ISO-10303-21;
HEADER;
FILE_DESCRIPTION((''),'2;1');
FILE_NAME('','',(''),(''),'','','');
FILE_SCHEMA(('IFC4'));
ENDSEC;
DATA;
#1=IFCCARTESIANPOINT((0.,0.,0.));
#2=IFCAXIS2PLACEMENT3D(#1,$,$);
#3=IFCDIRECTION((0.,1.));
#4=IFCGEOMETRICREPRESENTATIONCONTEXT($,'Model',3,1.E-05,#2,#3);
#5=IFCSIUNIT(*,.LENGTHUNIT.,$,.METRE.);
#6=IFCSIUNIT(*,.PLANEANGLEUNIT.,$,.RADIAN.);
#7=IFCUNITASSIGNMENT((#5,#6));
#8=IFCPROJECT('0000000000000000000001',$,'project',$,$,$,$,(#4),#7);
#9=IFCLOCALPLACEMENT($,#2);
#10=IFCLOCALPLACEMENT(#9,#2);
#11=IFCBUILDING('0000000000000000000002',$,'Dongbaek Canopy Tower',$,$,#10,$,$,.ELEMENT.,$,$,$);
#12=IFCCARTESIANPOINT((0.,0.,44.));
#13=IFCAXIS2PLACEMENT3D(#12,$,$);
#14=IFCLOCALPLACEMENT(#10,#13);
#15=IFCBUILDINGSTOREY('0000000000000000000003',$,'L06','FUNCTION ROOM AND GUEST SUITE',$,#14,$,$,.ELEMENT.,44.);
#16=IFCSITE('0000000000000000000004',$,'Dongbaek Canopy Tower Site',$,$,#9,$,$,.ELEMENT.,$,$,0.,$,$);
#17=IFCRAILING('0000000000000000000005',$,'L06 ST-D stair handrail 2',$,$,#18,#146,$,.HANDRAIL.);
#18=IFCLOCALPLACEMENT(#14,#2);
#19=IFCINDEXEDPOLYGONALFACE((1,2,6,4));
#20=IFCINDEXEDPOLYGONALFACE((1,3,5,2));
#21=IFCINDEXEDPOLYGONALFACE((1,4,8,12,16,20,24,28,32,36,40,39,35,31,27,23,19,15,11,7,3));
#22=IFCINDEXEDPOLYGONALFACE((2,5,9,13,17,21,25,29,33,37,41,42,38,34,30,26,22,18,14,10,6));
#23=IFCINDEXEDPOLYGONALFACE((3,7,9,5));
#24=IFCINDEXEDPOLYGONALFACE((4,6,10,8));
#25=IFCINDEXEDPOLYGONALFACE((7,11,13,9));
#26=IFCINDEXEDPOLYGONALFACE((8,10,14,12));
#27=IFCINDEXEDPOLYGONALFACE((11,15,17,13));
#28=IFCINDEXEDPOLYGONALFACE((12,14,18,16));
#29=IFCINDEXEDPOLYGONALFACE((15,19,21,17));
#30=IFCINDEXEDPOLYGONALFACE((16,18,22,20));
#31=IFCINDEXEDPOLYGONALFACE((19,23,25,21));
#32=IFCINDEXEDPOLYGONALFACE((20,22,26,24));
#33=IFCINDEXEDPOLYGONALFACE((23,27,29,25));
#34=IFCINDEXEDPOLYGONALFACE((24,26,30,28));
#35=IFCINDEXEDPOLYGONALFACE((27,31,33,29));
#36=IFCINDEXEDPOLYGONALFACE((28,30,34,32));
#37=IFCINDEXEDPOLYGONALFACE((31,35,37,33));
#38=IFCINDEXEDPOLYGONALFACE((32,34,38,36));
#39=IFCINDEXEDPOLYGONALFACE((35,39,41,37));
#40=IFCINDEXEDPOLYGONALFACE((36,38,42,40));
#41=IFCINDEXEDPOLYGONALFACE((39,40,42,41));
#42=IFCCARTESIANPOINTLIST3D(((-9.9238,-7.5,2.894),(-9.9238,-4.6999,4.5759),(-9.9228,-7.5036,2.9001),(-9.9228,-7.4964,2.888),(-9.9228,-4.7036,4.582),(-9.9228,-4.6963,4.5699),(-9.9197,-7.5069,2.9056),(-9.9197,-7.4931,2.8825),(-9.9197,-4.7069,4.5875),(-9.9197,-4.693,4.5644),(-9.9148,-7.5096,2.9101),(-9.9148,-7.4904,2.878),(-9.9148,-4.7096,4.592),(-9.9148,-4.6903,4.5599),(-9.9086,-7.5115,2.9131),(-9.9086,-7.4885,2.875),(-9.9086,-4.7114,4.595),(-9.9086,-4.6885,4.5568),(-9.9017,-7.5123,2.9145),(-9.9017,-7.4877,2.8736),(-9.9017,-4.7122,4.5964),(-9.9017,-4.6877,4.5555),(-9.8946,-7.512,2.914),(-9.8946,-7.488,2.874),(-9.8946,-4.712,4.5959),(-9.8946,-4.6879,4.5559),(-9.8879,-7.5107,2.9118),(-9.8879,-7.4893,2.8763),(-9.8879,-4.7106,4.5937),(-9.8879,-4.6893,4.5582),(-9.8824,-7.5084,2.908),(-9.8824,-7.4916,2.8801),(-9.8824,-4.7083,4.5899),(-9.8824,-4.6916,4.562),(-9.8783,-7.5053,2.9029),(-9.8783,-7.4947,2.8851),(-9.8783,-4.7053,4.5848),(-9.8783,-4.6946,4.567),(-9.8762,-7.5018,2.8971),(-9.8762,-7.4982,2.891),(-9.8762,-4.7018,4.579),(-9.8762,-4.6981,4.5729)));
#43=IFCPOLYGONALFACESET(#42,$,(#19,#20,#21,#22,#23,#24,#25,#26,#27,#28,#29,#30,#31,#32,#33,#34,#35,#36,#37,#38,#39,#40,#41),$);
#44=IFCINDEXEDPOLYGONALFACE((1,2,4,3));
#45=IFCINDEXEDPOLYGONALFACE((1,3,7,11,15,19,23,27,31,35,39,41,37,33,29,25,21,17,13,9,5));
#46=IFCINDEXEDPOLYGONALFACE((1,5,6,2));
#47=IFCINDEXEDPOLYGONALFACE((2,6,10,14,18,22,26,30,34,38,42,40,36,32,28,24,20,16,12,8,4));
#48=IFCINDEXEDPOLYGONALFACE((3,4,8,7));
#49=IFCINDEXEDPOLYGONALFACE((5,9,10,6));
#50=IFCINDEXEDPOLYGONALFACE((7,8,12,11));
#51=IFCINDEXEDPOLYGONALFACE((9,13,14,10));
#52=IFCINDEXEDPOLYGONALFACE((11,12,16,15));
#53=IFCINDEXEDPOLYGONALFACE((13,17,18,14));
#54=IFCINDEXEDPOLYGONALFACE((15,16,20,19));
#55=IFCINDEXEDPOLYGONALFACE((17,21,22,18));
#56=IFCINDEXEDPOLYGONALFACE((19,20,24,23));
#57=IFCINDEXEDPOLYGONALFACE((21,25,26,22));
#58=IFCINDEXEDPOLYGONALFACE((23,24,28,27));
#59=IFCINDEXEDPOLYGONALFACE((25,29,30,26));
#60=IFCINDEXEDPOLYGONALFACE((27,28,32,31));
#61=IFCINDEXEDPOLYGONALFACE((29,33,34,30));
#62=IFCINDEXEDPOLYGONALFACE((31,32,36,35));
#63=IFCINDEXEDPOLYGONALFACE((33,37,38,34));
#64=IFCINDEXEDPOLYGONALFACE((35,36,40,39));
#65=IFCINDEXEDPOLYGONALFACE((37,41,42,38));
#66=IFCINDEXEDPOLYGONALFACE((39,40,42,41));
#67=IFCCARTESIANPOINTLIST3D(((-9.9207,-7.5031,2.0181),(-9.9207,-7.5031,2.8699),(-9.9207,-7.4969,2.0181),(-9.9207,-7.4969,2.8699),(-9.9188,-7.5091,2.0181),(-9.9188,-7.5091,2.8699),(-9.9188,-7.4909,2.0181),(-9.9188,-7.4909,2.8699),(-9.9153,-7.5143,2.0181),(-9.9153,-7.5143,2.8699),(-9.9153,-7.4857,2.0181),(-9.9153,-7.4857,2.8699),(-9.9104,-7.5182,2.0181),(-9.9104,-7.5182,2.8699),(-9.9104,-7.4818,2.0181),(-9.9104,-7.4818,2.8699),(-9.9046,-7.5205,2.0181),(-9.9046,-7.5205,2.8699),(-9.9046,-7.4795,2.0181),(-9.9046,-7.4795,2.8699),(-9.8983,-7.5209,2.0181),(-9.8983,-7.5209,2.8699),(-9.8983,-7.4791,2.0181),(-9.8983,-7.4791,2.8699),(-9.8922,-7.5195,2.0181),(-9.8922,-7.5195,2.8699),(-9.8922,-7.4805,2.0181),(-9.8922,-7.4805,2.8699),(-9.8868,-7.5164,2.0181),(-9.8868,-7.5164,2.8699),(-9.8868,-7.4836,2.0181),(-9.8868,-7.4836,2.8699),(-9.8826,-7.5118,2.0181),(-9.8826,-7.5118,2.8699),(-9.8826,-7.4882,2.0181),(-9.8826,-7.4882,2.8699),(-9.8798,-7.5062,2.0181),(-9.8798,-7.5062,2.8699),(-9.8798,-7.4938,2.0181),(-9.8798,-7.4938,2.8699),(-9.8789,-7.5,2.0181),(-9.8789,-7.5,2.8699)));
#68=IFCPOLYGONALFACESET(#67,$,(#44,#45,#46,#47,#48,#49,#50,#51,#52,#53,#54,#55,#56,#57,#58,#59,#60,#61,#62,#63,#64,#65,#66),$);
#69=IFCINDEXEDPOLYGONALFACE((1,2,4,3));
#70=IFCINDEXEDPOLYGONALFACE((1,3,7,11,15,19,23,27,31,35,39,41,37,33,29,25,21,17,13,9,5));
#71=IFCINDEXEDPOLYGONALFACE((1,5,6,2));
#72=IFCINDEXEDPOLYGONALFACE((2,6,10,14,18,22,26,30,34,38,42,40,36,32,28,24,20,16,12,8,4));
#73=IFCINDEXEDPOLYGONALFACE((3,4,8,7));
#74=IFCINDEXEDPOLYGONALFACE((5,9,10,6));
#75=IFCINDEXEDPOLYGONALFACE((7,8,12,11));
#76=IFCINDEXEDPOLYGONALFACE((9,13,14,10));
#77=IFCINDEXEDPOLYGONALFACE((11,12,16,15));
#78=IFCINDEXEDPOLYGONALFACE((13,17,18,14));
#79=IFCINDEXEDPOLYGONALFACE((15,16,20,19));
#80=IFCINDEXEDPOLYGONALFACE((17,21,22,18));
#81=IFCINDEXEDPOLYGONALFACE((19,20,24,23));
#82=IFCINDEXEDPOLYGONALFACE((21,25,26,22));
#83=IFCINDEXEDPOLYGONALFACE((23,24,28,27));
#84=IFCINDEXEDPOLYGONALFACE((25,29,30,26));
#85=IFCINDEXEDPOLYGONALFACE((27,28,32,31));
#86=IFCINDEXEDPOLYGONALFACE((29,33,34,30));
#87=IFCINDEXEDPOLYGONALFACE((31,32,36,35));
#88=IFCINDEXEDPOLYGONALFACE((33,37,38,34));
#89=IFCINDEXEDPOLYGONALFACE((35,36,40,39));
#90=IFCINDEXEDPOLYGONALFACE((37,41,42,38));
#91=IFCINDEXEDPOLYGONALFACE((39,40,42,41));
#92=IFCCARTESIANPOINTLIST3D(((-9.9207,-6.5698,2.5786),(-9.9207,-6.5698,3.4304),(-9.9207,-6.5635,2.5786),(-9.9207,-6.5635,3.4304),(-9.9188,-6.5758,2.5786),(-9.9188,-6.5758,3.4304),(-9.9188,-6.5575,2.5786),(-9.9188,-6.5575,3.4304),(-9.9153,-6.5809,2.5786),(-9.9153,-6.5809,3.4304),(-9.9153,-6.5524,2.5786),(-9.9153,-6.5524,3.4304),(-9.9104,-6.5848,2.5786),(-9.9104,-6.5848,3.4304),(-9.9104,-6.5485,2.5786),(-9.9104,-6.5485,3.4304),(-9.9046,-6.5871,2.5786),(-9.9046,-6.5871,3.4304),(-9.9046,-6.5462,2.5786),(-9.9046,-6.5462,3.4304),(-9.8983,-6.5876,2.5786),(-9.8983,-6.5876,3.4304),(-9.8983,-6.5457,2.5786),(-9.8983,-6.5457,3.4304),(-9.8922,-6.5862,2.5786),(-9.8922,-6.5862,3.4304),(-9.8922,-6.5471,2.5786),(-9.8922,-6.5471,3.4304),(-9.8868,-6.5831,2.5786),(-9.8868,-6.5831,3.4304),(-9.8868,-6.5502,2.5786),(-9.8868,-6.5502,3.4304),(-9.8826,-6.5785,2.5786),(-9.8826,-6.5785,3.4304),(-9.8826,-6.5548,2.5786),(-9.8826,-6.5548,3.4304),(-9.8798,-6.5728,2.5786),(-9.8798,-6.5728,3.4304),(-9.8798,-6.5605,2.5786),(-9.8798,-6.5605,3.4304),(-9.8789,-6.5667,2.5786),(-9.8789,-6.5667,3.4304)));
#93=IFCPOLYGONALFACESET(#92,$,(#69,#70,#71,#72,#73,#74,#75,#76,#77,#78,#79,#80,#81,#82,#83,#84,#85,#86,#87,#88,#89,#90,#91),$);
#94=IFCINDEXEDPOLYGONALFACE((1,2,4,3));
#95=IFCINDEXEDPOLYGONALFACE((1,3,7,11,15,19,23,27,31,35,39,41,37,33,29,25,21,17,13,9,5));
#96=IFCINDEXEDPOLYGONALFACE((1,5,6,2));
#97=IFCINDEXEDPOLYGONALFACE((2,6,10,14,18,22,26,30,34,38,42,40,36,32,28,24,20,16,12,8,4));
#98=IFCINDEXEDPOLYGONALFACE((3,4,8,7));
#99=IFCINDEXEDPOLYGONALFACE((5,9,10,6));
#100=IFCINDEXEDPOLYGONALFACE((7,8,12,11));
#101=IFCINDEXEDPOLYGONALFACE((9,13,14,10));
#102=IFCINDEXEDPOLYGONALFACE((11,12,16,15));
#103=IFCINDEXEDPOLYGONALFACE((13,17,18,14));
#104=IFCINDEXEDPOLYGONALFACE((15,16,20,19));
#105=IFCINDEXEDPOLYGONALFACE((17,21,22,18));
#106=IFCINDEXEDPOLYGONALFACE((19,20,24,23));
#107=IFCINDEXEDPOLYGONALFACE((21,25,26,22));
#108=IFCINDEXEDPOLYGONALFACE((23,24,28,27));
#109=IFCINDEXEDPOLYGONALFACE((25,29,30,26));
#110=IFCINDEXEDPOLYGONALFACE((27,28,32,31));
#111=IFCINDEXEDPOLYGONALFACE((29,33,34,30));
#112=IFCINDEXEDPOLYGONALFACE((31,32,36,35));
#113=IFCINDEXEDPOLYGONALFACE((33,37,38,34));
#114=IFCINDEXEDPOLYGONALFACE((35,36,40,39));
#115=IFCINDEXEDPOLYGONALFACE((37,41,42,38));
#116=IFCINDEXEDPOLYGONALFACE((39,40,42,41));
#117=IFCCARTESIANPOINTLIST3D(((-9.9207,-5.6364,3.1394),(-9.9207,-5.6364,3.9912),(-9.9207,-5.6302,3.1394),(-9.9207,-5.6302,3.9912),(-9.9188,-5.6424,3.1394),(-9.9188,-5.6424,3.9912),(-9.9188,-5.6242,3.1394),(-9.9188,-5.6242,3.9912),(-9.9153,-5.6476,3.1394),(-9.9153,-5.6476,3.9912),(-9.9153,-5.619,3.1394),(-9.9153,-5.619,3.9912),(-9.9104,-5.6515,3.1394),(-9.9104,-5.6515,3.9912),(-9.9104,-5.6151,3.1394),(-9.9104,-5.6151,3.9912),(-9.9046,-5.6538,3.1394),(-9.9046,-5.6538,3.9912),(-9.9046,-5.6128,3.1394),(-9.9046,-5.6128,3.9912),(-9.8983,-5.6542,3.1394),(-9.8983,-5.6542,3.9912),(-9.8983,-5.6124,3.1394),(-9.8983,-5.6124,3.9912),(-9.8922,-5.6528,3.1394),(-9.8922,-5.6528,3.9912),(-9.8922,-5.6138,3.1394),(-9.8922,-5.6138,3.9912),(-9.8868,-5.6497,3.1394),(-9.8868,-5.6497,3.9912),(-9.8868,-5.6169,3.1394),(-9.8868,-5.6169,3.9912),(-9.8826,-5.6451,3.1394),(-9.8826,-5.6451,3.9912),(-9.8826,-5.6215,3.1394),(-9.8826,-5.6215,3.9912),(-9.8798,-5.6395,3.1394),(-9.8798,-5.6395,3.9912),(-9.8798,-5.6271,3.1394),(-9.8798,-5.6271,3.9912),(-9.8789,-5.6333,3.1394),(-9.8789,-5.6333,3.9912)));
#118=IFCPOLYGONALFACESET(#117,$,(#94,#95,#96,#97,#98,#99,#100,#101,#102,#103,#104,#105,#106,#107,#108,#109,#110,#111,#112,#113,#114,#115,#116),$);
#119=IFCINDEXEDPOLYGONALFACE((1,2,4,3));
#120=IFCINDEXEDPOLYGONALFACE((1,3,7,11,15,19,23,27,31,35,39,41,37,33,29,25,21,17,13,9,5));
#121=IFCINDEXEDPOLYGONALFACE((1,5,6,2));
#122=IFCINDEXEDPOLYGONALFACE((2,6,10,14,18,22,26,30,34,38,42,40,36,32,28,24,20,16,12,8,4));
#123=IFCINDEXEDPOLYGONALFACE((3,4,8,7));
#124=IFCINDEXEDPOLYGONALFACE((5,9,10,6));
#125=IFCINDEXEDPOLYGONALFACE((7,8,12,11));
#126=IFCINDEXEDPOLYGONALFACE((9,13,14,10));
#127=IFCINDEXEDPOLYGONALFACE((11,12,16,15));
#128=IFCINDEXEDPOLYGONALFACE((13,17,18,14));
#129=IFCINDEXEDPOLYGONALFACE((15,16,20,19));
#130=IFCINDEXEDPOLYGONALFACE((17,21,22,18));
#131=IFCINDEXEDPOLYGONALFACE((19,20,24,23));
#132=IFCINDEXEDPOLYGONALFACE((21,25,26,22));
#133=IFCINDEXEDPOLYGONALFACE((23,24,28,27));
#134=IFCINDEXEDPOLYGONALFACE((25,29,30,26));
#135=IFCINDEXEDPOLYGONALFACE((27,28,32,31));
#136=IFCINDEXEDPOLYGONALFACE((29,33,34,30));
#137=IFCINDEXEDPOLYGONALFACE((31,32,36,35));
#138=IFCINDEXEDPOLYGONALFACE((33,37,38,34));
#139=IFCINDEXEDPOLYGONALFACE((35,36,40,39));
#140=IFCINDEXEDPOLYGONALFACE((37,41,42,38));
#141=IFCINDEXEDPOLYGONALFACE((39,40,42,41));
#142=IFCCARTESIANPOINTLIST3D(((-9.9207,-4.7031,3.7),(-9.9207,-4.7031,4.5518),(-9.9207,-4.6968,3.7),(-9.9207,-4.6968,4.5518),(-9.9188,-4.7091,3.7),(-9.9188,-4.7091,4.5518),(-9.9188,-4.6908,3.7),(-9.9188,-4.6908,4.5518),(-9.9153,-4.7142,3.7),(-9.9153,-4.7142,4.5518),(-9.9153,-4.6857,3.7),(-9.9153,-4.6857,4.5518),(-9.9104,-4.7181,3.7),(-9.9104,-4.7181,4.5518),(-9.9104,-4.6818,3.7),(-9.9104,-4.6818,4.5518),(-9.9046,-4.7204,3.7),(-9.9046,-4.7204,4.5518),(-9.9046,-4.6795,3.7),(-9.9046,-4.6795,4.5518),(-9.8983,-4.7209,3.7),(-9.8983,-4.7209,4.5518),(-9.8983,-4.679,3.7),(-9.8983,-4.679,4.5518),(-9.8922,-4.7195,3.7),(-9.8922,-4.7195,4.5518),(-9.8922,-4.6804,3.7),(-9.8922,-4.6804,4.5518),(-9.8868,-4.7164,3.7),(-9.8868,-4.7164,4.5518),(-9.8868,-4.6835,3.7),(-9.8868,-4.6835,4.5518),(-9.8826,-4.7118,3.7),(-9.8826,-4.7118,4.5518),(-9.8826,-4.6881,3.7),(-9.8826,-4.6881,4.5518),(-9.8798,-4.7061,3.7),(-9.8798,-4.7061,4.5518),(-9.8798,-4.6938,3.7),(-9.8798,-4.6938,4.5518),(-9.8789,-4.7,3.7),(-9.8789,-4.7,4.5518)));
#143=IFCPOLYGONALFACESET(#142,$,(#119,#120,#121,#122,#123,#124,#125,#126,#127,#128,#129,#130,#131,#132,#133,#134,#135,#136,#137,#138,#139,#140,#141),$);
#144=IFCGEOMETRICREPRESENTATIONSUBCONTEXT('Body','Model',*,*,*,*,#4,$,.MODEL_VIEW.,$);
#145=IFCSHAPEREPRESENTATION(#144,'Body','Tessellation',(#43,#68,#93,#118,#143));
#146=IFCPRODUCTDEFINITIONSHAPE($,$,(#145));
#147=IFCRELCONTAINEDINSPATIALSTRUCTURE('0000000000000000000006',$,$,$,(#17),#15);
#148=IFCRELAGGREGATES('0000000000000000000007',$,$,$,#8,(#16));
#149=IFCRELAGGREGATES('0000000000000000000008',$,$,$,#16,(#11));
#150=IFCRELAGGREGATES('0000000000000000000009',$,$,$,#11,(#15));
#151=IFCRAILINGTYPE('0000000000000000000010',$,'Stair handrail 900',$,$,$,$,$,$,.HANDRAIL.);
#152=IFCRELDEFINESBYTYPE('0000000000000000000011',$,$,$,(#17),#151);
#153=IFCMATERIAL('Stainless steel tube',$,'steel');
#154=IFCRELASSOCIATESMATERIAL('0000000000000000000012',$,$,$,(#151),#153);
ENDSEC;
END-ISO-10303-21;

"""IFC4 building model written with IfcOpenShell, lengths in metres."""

from ifc_helpers import new_model, si_unit, direction, frame, origin, origin_2d, place, context, subcontext, project, spatial, circle, extrude, material, type_object, element, save


model = new_model("IFC4")

# Units and contexts
model_context = context("Model", 3, precision=1e-05, world=origin(), true_north=direction((0.0, 1.0)))
body_context = subcontext(model_context, "Body", "Model", "MODEL_VIEW")
ifc_project = project(units=[si_unit("LENGTHUNIT", "METRE"), si_unit("PLANEANGLEUNIT", "RADIAN")], contexts=[model_context])

# Site, building, storey
site_placement = place(None, origin())
site = spatial("IfcSite", under=ifc_project, at=site_placement, Name="Dongbaek Canopy Tower Site", CompositionType="ELEMENT", RefElevation=0.0)
building_placement = place(site_placement, origin())
building = spatial("IfcBuilding", under=site, at=building_placement, Name="Dongbaek Canopy Tower", CompositionType="ELEMENT")
storey_placement = place(building_placement, frame((0.0, 0.0, 44.0)))
storey = spatial("IfcBuildingStorey", under=building, at=storey_placement, Name="L06", Description="FUNCTION ROOM AND GUEST SUITE", CompositionType="ELEMENT", Elevation=44.0)

# Railing
ifc_material_1 = material(Name="Stainless steel tube", Category="steel")
railing_type_1 = type_object("IfcRailingType", Name="Stair handrail 900", PredefinedType="HANDRAIL", material=ifc_material_1)
railing_1_placement = place(storey_placement, frame((-9.8999, -7.5, 2.0181)))
element("IfcRailing", 1, at=railing_1_placement, inside=storey, type_object=railing_type_1, Name="L06 ST-D stair handrail 2", PredefinedType="HANDRAIL", context=body_context, shape_type="SweptSolid", body=[
    extrude(circle(Radius=0.0239, at=origin_2d()), frame((0.0, 0.0, 0.876), z_axis=(0.0, 0.857242, 0.514913), x_axis=(-1.0, 0.0, 0.0)), (0.0, 0.0, 1.0), 3.2664),
    extrude(circle(Radius=0.021, at=origin_2d()), origin(), (0.0, 0.0, 1.0), 0.8518),
    extrude(circle(Radius=0.021, at=origin_2d()), frame((0.0, 0.9333, 0.5605)), (0.0, 0.0, 1.0), 0.8518),
    extrude(circle(Radius=0.021, at=origin_2d()), frame((0.0, 1.8667, 1.1213)), (0.0, 0.0, 1.0), 0.8518),
    extrude(circle(Radius=0.021, at=origin_2d()), frame((0.0, 2.8, 1.6819)), (0.0, 0.0, 1.0), 0.8518),
])

save(model, "model.ifc")
